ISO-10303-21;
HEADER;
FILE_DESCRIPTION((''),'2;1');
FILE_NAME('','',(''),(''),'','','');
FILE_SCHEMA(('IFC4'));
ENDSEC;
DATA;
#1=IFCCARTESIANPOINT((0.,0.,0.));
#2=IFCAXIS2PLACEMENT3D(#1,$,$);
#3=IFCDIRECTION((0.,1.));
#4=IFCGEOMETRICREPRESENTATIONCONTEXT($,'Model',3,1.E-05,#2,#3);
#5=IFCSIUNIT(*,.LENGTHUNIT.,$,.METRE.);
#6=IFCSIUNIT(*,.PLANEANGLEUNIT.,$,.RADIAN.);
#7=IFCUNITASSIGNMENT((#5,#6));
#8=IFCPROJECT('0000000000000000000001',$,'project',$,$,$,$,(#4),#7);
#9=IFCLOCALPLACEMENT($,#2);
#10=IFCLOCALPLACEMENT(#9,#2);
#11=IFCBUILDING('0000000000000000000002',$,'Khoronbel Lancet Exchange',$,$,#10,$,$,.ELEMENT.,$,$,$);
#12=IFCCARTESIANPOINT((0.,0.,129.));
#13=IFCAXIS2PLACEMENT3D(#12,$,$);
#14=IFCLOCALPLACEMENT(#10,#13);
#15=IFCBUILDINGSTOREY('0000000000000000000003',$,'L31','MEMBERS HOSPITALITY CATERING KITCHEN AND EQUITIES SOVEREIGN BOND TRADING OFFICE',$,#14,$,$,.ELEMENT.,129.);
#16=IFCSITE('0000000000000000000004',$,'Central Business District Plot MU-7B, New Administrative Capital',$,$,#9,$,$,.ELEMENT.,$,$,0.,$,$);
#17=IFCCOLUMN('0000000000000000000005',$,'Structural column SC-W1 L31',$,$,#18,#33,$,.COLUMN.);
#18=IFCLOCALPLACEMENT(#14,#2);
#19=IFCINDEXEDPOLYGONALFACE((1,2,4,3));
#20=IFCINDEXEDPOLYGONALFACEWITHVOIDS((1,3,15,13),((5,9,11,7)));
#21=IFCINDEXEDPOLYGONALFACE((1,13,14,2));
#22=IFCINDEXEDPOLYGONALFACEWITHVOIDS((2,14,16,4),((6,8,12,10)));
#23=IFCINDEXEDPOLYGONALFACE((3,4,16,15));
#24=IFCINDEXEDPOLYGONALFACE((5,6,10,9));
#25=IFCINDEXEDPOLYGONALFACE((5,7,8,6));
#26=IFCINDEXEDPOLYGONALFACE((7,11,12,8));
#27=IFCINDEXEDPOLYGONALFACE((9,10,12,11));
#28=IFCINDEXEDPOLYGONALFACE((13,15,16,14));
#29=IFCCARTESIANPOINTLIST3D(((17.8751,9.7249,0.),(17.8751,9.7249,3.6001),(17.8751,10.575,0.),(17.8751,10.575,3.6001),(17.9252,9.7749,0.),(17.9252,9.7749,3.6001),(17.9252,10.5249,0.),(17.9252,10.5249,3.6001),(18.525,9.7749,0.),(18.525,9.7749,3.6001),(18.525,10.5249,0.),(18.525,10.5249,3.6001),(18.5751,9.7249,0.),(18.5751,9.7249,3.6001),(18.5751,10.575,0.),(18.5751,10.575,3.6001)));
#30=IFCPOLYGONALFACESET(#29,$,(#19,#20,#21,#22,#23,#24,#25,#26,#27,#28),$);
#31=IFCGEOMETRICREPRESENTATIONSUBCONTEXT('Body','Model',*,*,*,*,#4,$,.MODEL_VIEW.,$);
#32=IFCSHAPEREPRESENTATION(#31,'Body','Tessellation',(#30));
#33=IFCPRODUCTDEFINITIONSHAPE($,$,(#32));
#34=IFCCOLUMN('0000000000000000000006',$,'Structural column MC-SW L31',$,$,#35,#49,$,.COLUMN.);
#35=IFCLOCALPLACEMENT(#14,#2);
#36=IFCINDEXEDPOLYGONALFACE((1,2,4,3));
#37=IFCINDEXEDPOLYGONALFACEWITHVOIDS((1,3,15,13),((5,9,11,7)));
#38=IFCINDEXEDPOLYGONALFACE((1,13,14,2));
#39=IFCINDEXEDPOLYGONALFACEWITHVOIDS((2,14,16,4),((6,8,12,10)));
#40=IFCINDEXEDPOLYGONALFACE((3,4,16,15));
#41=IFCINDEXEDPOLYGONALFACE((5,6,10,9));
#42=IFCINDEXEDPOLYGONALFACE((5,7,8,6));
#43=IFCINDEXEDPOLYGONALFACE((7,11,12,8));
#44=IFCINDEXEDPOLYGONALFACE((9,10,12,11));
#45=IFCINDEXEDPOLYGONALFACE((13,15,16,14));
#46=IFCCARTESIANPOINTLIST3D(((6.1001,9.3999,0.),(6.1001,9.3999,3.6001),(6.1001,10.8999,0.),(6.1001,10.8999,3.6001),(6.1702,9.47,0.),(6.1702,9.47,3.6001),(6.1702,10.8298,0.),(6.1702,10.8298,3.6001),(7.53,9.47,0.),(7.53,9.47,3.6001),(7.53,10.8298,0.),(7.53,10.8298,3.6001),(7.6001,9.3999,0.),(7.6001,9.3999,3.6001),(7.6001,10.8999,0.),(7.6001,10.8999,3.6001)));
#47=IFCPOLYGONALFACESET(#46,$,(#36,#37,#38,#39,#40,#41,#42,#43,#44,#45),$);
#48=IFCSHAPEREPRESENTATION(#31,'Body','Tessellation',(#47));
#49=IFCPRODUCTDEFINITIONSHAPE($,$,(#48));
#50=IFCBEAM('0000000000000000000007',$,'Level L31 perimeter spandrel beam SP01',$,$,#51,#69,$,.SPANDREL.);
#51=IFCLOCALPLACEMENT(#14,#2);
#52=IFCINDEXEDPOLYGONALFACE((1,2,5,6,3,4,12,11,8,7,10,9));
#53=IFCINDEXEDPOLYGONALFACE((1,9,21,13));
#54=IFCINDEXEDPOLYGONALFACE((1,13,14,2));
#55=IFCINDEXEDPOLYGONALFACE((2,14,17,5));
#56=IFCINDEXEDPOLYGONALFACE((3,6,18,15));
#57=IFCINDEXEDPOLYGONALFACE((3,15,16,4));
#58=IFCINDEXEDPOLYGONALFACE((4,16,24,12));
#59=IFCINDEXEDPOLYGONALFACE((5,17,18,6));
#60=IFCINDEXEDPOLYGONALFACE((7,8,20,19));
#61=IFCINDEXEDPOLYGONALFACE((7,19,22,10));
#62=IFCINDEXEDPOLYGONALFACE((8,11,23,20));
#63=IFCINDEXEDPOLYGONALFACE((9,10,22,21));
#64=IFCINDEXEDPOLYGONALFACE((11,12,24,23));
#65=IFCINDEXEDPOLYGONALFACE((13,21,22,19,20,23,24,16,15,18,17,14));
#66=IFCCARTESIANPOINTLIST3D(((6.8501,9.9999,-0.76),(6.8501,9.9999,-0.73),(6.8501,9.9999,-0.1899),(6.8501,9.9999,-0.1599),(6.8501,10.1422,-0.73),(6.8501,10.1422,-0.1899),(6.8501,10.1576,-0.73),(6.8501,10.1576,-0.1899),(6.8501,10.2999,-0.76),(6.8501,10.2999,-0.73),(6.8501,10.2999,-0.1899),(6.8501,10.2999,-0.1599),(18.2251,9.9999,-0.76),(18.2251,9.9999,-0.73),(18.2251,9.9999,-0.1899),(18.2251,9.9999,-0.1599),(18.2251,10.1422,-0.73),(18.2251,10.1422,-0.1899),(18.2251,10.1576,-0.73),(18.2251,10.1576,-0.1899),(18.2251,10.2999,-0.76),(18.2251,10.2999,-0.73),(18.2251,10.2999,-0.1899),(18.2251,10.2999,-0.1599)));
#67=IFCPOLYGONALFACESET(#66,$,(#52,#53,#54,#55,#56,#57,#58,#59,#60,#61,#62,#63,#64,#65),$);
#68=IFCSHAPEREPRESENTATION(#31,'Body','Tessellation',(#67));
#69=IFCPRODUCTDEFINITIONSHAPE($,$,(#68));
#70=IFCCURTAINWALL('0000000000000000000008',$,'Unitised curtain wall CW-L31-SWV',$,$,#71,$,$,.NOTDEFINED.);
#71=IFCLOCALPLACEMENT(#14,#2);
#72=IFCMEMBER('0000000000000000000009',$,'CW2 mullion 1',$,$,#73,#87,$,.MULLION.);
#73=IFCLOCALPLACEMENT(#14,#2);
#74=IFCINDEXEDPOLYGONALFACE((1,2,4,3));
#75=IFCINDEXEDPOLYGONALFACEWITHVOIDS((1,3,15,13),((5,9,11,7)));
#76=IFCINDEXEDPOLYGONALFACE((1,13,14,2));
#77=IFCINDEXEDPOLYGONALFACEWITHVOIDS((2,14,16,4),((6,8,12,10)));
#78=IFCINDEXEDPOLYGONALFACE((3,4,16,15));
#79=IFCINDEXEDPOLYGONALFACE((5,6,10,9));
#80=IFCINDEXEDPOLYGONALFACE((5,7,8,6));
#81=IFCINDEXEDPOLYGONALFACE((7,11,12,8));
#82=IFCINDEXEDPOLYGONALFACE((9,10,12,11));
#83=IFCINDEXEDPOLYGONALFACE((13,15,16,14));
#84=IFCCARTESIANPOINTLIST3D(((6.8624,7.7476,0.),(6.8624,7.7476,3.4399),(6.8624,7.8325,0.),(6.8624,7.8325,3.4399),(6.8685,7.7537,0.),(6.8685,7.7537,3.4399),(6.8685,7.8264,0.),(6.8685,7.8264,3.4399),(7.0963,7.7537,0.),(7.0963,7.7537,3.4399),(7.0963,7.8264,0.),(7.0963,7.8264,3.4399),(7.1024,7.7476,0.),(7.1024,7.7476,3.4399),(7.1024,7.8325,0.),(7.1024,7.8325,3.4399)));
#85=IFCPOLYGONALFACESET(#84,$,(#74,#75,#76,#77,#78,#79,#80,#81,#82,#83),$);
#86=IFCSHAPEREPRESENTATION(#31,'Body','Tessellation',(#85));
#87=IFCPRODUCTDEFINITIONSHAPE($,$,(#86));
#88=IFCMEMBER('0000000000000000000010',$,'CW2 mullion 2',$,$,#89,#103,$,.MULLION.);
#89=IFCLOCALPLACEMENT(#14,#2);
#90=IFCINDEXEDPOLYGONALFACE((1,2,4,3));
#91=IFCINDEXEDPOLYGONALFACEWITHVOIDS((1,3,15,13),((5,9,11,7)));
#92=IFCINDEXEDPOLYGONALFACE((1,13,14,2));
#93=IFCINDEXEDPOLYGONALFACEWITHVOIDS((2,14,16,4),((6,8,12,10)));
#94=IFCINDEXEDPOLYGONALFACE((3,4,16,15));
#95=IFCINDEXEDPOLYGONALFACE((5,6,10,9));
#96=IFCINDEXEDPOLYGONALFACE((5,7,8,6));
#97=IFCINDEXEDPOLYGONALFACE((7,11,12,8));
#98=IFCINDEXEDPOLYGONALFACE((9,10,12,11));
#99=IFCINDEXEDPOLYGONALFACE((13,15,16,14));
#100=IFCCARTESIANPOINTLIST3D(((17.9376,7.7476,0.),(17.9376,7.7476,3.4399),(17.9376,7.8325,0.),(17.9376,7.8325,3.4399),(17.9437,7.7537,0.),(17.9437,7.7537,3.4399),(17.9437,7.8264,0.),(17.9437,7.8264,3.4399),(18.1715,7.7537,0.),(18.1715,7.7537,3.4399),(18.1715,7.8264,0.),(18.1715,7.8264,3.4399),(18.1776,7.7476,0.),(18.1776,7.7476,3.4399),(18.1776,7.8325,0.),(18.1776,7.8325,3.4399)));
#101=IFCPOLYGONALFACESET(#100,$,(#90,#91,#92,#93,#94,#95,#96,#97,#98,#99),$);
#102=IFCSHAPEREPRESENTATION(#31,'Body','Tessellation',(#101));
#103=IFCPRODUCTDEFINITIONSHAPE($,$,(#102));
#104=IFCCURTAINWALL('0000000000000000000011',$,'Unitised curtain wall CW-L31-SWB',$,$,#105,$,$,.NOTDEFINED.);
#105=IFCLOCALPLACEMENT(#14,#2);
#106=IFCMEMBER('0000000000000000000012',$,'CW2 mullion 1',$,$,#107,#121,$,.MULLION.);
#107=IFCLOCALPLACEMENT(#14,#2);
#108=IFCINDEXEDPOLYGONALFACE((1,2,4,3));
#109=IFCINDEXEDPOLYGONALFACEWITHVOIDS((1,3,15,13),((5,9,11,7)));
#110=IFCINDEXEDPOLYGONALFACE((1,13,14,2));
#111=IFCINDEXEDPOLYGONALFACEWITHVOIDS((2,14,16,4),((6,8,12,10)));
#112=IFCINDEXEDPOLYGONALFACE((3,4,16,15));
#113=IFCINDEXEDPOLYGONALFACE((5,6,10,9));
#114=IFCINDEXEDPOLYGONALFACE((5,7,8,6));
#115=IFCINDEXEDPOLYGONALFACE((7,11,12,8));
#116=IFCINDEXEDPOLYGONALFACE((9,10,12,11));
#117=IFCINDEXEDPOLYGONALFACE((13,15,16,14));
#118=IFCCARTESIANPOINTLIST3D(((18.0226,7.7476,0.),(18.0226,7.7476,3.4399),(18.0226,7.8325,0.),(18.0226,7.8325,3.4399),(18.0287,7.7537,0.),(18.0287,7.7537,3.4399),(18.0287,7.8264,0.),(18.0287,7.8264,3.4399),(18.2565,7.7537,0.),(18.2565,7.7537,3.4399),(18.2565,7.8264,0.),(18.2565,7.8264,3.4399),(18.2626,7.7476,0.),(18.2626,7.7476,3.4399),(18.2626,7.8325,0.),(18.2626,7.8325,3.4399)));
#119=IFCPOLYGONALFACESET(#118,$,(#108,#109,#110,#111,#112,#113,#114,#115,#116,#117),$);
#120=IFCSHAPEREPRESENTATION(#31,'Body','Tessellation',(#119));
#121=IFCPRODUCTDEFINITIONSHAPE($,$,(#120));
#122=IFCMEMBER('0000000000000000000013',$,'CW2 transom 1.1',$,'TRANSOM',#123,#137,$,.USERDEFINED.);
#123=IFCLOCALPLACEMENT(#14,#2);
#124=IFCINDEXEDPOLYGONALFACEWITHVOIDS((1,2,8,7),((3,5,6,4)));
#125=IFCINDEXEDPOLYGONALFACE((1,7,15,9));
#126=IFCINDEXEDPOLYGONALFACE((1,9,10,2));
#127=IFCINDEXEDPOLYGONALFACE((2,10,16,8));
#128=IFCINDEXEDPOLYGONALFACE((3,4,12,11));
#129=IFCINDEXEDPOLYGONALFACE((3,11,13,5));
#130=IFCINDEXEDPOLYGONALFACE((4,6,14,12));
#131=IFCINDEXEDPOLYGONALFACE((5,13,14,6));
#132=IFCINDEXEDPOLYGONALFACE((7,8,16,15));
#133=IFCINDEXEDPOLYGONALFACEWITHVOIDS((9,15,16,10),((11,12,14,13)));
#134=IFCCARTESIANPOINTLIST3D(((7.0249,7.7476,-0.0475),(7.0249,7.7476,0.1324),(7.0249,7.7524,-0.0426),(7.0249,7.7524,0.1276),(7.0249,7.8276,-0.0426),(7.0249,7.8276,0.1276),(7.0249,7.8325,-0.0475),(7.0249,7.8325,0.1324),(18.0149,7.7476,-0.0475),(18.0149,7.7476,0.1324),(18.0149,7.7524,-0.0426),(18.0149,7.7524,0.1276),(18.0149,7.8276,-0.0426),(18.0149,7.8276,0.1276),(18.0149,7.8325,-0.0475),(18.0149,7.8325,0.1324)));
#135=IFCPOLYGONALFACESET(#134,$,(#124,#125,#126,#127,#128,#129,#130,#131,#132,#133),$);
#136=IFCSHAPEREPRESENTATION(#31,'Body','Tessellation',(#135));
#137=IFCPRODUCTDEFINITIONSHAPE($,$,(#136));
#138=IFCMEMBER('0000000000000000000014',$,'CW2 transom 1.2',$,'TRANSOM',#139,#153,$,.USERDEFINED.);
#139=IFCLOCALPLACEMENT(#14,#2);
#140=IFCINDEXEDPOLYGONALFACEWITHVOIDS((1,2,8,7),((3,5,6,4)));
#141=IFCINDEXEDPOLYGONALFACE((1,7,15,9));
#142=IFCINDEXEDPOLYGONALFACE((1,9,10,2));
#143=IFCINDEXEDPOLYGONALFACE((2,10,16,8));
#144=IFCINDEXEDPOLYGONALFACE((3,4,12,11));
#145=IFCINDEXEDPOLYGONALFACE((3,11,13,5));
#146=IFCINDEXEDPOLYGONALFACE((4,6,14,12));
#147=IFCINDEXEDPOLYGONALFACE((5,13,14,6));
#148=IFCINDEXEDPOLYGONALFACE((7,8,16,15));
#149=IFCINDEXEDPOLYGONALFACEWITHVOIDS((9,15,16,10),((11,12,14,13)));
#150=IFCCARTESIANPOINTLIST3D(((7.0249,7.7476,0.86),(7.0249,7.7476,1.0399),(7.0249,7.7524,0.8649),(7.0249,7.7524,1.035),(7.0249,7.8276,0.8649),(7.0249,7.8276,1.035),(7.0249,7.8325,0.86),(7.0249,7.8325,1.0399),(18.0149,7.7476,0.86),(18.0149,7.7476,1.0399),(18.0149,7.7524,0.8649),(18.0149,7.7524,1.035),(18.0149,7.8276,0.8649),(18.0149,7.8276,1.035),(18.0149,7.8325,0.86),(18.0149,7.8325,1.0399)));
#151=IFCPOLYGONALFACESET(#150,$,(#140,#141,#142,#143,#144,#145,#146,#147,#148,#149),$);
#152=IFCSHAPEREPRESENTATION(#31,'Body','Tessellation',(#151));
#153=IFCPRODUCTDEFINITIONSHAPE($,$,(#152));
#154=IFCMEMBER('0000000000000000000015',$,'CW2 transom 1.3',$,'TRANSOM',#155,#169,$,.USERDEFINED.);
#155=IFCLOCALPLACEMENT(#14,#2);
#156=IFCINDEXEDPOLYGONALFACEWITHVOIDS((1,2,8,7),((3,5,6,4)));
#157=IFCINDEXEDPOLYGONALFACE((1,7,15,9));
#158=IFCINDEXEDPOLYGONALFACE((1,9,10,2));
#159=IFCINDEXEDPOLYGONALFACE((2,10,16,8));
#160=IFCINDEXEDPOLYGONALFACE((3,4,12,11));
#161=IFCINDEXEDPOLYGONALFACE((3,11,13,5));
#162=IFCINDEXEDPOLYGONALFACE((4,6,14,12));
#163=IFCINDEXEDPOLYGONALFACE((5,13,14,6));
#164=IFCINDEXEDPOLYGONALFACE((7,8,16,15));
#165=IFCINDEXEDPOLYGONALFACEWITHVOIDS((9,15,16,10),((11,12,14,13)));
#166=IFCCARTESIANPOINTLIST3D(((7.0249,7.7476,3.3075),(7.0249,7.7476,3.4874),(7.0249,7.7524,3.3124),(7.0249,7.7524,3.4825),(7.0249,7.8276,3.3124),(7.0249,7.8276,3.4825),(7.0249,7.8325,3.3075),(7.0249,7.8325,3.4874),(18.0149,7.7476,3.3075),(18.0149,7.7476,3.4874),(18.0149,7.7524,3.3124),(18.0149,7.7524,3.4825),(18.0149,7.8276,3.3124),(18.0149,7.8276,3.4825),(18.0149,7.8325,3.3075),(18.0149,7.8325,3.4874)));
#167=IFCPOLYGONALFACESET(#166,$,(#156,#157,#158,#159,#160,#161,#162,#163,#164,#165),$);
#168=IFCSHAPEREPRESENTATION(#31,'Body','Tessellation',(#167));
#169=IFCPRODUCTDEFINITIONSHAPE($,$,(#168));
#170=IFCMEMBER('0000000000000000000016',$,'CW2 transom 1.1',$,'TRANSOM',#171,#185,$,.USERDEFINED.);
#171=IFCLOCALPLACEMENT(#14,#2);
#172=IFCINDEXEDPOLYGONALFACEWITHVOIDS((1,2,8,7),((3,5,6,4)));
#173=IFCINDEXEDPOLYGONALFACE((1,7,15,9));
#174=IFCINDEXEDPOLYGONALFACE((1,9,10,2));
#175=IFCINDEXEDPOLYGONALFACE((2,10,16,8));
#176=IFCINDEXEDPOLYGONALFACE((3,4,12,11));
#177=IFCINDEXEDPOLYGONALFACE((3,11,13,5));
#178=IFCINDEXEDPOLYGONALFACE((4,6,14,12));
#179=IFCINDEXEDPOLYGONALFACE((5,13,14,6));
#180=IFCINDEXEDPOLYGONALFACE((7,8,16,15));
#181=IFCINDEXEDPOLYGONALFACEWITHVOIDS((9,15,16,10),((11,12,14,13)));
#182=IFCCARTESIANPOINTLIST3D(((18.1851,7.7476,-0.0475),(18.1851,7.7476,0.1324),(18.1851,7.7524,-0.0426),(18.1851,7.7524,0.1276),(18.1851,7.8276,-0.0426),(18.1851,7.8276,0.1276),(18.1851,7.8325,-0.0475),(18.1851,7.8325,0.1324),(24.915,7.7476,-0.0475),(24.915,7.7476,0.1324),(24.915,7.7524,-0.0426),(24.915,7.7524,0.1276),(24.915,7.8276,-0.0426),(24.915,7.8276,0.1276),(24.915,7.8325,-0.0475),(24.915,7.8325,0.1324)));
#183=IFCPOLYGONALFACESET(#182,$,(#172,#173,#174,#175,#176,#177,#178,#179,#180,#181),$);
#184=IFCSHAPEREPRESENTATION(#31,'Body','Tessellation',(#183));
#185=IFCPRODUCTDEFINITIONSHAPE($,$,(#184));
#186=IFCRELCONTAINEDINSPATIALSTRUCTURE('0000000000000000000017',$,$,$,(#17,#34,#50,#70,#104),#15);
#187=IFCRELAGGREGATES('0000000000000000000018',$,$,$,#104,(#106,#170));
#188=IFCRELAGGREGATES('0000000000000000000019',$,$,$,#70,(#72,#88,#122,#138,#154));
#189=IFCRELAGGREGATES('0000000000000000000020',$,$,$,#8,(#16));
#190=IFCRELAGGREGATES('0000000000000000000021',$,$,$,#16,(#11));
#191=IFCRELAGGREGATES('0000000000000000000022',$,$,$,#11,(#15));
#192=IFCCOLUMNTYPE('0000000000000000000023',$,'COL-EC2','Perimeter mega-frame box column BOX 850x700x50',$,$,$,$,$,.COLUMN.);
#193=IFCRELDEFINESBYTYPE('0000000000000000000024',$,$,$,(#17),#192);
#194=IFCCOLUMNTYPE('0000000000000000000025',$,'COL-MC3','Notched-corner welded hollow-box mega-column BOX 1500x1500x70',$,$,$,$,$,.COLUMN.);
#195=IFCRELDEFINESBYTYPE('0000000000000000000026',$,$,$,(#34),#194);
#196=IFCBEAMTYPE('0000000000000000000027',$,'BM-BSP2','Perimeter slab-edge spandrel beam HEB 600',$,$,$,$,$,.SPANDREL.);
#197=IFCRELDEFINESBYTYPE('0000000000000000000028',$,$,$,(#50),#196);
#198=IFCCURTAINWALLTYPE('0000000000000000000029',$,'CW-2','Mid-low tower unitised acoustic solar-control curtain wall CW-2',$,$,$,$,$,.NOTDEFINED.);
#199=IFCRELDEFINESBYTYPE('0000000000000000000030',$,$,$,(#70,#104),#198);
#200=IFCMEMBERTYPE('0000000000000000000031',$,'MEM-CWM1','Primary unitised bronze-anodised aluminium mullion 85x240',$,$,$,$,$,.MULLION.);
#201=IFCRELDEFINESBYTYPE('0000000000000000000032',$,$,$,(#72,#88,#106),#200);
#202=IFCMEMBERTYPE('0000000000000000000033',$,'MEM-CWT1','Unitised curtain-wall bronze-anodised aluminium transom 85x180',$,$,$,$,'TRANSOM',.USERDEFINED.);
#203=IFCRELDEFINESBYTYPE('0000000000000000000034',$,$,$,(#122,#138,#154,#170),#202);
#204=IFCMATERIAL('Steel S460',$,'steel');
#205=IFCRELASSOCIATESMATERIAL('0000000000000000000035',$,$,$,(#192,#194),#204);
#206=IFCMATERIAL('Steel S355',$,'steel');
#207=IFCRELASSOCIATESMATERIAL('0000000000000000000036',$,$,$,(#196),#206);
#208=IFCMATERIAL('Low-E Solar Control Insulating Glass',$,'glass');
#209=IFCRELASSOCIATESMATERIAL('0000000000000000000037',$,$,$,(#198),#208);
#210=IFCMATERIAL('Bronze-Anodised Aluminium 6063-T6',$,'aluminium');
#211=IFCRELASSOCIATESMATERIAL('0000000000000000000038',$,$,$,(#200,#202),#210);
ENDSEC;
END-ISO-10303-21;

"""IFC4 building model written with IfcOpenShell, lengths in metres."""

from ifc_helpers import new_model, si_unit, direction, frame, origin, origin_2d, place, context, subcontext, project, spatial, hollow_rectangle, i_section, extrude, material, material_profile, profile_set, type_object, element, aggregate, save


model = new_model("IFC4")

# Units and contexts
model_context = context("Model", 3, precision=1e-05, world=origin(), true_north=direction((0.0, 1.0)))
body_context = subcontext(model_context, "Body", "Model", "MODEL_VIEW")
ifc_project = project(units=[si_unit("LENGTHUNIT", "METRE"), si_unit("PLANEANGLEUNIT", "RADIAN")], contexts=[model_context])

# Site, building, storey
site_placement = place(None, origin())
site = spatial("IfcSite", under=ifc_project, at=site_placement, Name="Central Business District Plot MU-7B, New Administrative Capital", CompositionType="ELEMENT", RefElevation=0.0)
building_placement = place(site_placement, origin())
building = spatial("IfcBuilding", under=site, at=building_placement, Name="Khoronbel Lancet Exchange", CompositionType="ELEMENT")
storey_placement = place(building_placement, frame((0.0, 0.0, 129.0)))
storey = spatial("IfcBuildingStorey", under=building, at=storey_placement, Name="L31", Description="MEMBERS HOSPITALITY CATERING KITCHEN AND EQUITIES SOVEREIGN BOND TRADING OFFICE", CompositionType="ELEMENT", Elevation=129.0)

# Columns
ifc_material_1 = material(Name="Steel S460", Category="steel")
ifc_material_profile_1 = material_profile(ifc_material_1, hollow_rectangle(XDim=0.7, YDim=0.8501, WallThickness=0.05, at=origin_2d()), Name="BOX 850x700x50")
ifc_profile_set_1 = profile_set([ifc_material_profile_1], Name="Steel S460")
column_type_1 = type_object("IfcColumnType", Name="COL-EC2", Description="Perimeter mega-frame box column BOX 850x700x50", PredefinedType="COLUMN", material=ifc_profile_set_1)
column_1_placement = place(storey_placement, frame((18.2251, 10.1499, 0.0), z_axis=(0.0, 0.0, 1.0), x_axis=(1.0, 0.0, 0.0)))
element("IfcColumn", 1, at=column_1_placement, inside=storey, type_object=column_type_1, Name="Structural column SC-W1 L31", PredefinedType="COLUMN", context=body_context, shape_type="SweptSolid", body=[
    extrude(hollow_rectangle(XDim=0.7, YDim=0.8501, WallThickness=0.05, at=origin_2d()), origin(), (0.0, 0.0, 1.0), 3.6001),
])
ifc_material_profile_2 = material_profile(ifc_material_1, hollow_rectangle(XDim=1.5, YDim=1.5, WallThickness=0.0701, at=origin_2d()), Name="BOX 1500x1500x70")
ifc_profile_set_2 = profile_set([ifc_material_profile_2], Name="Steel S460")
column_type_2 = type_object("IfcColumnType", Name="COL-MC3", Description="Notched-corner welded hollow-box mega-column BOX 1500x1500x70", PredefinedType="COLUMN", material=ifc_profile_set_2)
column_2_placement = place(storey_placement, frame((6.8501, 10.1499, 0.0), z_axis=(0.0, 0.0, 1.0), x_axis=(1.0, 0.0, 0.0)))
element("IfcColumn", 2, at=column_2_placement, inside=storey, type_object=column_type_2, Name="Structural column MC-SW L31", PredefinedType="COLUMN", context=body_context, shape_type="SweptSolid", body=[
    extrude(hollow_rectangle(XDim=1.5, YDim=1.5, WallThickness=0.0701, at=origin_2d()), origin(), (0.0, 0.0, 1.0), 3.6001),
])

# Beam
ifc_material_2 = material(Name="Steel S355", Category="steel")
ifc_material_profile_3 = material_profile(ifc_material_2, i_section(OverallWidth=0.3, OverallDepth=0.6001, WebThickness=0.0154, FlangeThickness=0.03, at=origin_2d()), Name="HEB 600")
ifc_profile_set_3 = profile_set([ifc_material_profile_3], Name="Steel S355")
beam_type = type_object("IfcBeamType", Name="BM-BSP2", Description="Perimeter slab-edge spandrel beam HEB 600", PredefinedType="SPANDREL", material=ifc_profile_set_3)
beam_placement = place(storey_placement, frame((6.8501, 10.1499, -0.46), z_axis=(1.0, 0.0, 0.0), x_axis=(0.0, 1.0, 0.0)))
element("IfcBeam", 3, at=beam_placement, inside=storey, type_object=beam_type, Name="Level L31 perimeter spandrel beam SP01", PredefinedType="SPANDREL", context=body_context, shape_type="SweptSolid", body=[
    extrude(i_section(OverallWidth=0.3, OverallDepth=0.6001, WebThickness=0.0154, FlangeThickness=0.03, at=origin_2d()), origin(), (0.0, 0.0, 1.0), 11.375),
])

# Curtain wall, members
ifc_material_3 = material(Name="Low-E Solar Control Insulating Glass", Category="glass")
curtain_wall_type = type_object("IfcCurtainWallType", Name="CW-2", Description="Mid-low tower unitised acoustic solar-control curtain wall CW-2", PredefinedType="NOTDEFINED", material=ifc_material_3)
curtain_wall_1_placement = place(storey_placement, origin())
curtain_wall_1 = element("IfcCurtainWall", 4, at=curtain_wall_1_placement, inside=storey, type_object=curtain_wall_type, Name="Unitised curtain wall CW-L31-SWV", PredefinedType="NOTDEFINED")
ifc_material_4 = material(Name="Bronze-Anodised Aluminium 6063-T6", Category="aluminium")
ifc_material_profile_4 = material_profile(ifc_material_4, hollow_rectangle(XDim=0.085, YDim=0.24, WallThickness=0.0061, at=origin_2d()), Name="ALU MULLION 85x240")
ifc_profile_set_4 = profile_set([ifc_material_profile_4], Name="Bronze-Anodised Aluminium 6063-T6")
member_type_1 = type_object("IfcMemberType", Name="MEM-CWM1", Description="Primary unitised bronze-anodised aluminium mullion 85x240", PredefinedType="MULLION", material=ifc_profile_set_4)
member_1_placement = place(storey_placement, frame((6.9824, 7.79, 0.0), z_axis=(0.0, 0.0, 1.0), x_axis=(0.0, 1.0, 0.0)))
member_1 = element("IfcMember", 5, at=member_1_placement, type_object=member_type_1, Name="CW2 mullion 1", PredefinedType="MULLION", context=body_context, shape_type="SweptSolid", body=[
    extrude(hollow_rectangle(XDim=0.085, YDim=0.24, WallThickness=0.0061, at=origin_2d()), origin(), (0.0, 0.0, 1.0), 3.4399),
])
member_2_placement = place(storey_placement, frame((18.0576, 7.79, 0.0), z_axis=(0.0, 0.0, 1.0), x_axis=(0.0, 1.0, 0.0)))
member_2 = element("IfcMember", 6, at=member_2_placement, type_object=member_type_1, Name="CW2 mullion 2", PredefinedType="MULLION", context=body_context, shape_type="SweptSolid", body=[
    extrude(hollow_rectangle(XDim=0.085, YDim=0.24, WallThickness=0.0061, at=origin_2d()), origin(), (0.0, 0.0, 1.0), 3.4399),
])

# Curtain wall, member
curtain_wall_2_placement = place(storey_placement, origin())
curtain_wall_2 = element("IfcCurtainWall", 7, at=curtain_wall_2_placement, inside=storey, type_object=curtain_wall_type, Name="Unitised curtain wall CW-L31-SWB", PredefinedType="NOTDEFINED")
member_3_placement = place(storey_placement, frame((18.1426, 7.79, 0.0), z_axis=(0.0, 0.0, 1.0), x_axis=(0.0, 1.0, 0.0)))
member_3 = element("IfcMember", 8, at=member_3_placement, type_object=member_type_1, Name="CW2 mullion 1", PredefinedType="MULLION", context=body_context, shape_type="SweptSolid", body=[
    extrude(hollow_rectangle(XDim=0.085, YDim=0.24, WallThickness=0.0061, at=origin_2d()), origin(), (0.0, 0.0, 1.0), 3.4399),
])

# Members
ifc_material_profile_5 = material_profile(ifc_material_4, hollow_rectangle(XDim=0.085, YDim=0.1799, WallThickness=0.0049, at=origin_2d()), Name="ALU TRANSOM 85x180")
ifc_profile_set_5 = profile_set([ifc_material_profile_5], Name="Bronze-Anodised Aluminium 6063-T6")
member_type_2 = type_object("IfcMemberType", Name="MEM-CWT1", Description="Unitised curtain-wall bronze-anodised aluminium transom 85x180", ElementType="TRANSOM", PredefinedType="USERDEFINED", material=ifc_profile_set_5)
member_4_placement = place(storey_placement, frame((7.0249, 7.79, 0.0425), z_axis=(1.0, 0.0, 0.0), x_axis=(0.0, 1.0, 0.0)))
member_4 = element("IfcMember", 9, at=member_4_placement, type_object=member_type_2, Name="CW2 transom 1.1", ObjectType="TRANSOM", PredefinedType="USERDEFINED", context=body_context, shape_type="SweptSolid", body=[
    extrude(hollow_rectangle(XDim=0.085, YDim=0.1799, WallThickness=0.0049, at=origin_2d()), origin(), (0.0, 0.0, 1.0), 10.99),
])
member_5_placement = place(storey_placement, frame((7.0249, 7.79, 0.95), z_axis=(1.0, 0.0, 0.0), x_axis=(0.0, 1.0, 0.0)))
member_5 = element("IfcMember", 10, at=member_5_placement, type_object=member_type_2, Name="CW2 transom 1.2", ObjectType="TRANSOM", PredefinedType="USERDEFINED", context=body_context, shape_type="SweptSolid", body=[
    extrude(hollow_rectangle(XDim=0.085, YDim=0.1799, WallThickness=0.0049, at=origin_2d()), origin(), (0.0, 0.0, 1.0), 10.99),
])
member_6_placement = place(storey_placement, frame((7.0249, 7.79, 3.3975), z_axis=(1.0, 0.0, 0.0), x_axis=(0.0, 1.0, 0.0)))
member_6 = element("IfcMember", 11, at=member_6_placement, type_object=member_type_2, Name="CW2 transom 1.3", ObjectType="TRANSOM", PredefinedType="USERDEFINED", context=body_context, shape_type="SweptSolid", body=[
    extrude(hollow_rectangle(XDim=0.085, YDim=0.1799, WallThickness=0.0049, at=origin_2d()), origin(), (0.0, 0.0, 1.0), 10.99),
])
member_7_placement = place(storey_placement, frame((18.1851, 7.79, 0.0425), z_axis=(1.0, 0.0, 0.0), x_axis=(0.0, 1.0, 0.0)))
member_7 = element("IfcMember", 12, at=member_7_placement, type_object=member_type_2, Name="CW2 transom 1.1", ObjectType="TRANSOM", PredefinedType="USERDEFINED", context=body_context, shape_type="SweptSolid", body=[
    extrude(hollow_rectangle(XDim=0.085, YDim=0.1799, WallThickness=0.0049, at=origin_2d()), origin(), (0.0, 0.0, 1.0), 6.73),
])
aggregate(curtain_wall_2, [member_3, member_7])

aggregate(curtain_wall_1, [member_1, member_2, member_4, member_5, member_6])

save(model, "model.ifc")
